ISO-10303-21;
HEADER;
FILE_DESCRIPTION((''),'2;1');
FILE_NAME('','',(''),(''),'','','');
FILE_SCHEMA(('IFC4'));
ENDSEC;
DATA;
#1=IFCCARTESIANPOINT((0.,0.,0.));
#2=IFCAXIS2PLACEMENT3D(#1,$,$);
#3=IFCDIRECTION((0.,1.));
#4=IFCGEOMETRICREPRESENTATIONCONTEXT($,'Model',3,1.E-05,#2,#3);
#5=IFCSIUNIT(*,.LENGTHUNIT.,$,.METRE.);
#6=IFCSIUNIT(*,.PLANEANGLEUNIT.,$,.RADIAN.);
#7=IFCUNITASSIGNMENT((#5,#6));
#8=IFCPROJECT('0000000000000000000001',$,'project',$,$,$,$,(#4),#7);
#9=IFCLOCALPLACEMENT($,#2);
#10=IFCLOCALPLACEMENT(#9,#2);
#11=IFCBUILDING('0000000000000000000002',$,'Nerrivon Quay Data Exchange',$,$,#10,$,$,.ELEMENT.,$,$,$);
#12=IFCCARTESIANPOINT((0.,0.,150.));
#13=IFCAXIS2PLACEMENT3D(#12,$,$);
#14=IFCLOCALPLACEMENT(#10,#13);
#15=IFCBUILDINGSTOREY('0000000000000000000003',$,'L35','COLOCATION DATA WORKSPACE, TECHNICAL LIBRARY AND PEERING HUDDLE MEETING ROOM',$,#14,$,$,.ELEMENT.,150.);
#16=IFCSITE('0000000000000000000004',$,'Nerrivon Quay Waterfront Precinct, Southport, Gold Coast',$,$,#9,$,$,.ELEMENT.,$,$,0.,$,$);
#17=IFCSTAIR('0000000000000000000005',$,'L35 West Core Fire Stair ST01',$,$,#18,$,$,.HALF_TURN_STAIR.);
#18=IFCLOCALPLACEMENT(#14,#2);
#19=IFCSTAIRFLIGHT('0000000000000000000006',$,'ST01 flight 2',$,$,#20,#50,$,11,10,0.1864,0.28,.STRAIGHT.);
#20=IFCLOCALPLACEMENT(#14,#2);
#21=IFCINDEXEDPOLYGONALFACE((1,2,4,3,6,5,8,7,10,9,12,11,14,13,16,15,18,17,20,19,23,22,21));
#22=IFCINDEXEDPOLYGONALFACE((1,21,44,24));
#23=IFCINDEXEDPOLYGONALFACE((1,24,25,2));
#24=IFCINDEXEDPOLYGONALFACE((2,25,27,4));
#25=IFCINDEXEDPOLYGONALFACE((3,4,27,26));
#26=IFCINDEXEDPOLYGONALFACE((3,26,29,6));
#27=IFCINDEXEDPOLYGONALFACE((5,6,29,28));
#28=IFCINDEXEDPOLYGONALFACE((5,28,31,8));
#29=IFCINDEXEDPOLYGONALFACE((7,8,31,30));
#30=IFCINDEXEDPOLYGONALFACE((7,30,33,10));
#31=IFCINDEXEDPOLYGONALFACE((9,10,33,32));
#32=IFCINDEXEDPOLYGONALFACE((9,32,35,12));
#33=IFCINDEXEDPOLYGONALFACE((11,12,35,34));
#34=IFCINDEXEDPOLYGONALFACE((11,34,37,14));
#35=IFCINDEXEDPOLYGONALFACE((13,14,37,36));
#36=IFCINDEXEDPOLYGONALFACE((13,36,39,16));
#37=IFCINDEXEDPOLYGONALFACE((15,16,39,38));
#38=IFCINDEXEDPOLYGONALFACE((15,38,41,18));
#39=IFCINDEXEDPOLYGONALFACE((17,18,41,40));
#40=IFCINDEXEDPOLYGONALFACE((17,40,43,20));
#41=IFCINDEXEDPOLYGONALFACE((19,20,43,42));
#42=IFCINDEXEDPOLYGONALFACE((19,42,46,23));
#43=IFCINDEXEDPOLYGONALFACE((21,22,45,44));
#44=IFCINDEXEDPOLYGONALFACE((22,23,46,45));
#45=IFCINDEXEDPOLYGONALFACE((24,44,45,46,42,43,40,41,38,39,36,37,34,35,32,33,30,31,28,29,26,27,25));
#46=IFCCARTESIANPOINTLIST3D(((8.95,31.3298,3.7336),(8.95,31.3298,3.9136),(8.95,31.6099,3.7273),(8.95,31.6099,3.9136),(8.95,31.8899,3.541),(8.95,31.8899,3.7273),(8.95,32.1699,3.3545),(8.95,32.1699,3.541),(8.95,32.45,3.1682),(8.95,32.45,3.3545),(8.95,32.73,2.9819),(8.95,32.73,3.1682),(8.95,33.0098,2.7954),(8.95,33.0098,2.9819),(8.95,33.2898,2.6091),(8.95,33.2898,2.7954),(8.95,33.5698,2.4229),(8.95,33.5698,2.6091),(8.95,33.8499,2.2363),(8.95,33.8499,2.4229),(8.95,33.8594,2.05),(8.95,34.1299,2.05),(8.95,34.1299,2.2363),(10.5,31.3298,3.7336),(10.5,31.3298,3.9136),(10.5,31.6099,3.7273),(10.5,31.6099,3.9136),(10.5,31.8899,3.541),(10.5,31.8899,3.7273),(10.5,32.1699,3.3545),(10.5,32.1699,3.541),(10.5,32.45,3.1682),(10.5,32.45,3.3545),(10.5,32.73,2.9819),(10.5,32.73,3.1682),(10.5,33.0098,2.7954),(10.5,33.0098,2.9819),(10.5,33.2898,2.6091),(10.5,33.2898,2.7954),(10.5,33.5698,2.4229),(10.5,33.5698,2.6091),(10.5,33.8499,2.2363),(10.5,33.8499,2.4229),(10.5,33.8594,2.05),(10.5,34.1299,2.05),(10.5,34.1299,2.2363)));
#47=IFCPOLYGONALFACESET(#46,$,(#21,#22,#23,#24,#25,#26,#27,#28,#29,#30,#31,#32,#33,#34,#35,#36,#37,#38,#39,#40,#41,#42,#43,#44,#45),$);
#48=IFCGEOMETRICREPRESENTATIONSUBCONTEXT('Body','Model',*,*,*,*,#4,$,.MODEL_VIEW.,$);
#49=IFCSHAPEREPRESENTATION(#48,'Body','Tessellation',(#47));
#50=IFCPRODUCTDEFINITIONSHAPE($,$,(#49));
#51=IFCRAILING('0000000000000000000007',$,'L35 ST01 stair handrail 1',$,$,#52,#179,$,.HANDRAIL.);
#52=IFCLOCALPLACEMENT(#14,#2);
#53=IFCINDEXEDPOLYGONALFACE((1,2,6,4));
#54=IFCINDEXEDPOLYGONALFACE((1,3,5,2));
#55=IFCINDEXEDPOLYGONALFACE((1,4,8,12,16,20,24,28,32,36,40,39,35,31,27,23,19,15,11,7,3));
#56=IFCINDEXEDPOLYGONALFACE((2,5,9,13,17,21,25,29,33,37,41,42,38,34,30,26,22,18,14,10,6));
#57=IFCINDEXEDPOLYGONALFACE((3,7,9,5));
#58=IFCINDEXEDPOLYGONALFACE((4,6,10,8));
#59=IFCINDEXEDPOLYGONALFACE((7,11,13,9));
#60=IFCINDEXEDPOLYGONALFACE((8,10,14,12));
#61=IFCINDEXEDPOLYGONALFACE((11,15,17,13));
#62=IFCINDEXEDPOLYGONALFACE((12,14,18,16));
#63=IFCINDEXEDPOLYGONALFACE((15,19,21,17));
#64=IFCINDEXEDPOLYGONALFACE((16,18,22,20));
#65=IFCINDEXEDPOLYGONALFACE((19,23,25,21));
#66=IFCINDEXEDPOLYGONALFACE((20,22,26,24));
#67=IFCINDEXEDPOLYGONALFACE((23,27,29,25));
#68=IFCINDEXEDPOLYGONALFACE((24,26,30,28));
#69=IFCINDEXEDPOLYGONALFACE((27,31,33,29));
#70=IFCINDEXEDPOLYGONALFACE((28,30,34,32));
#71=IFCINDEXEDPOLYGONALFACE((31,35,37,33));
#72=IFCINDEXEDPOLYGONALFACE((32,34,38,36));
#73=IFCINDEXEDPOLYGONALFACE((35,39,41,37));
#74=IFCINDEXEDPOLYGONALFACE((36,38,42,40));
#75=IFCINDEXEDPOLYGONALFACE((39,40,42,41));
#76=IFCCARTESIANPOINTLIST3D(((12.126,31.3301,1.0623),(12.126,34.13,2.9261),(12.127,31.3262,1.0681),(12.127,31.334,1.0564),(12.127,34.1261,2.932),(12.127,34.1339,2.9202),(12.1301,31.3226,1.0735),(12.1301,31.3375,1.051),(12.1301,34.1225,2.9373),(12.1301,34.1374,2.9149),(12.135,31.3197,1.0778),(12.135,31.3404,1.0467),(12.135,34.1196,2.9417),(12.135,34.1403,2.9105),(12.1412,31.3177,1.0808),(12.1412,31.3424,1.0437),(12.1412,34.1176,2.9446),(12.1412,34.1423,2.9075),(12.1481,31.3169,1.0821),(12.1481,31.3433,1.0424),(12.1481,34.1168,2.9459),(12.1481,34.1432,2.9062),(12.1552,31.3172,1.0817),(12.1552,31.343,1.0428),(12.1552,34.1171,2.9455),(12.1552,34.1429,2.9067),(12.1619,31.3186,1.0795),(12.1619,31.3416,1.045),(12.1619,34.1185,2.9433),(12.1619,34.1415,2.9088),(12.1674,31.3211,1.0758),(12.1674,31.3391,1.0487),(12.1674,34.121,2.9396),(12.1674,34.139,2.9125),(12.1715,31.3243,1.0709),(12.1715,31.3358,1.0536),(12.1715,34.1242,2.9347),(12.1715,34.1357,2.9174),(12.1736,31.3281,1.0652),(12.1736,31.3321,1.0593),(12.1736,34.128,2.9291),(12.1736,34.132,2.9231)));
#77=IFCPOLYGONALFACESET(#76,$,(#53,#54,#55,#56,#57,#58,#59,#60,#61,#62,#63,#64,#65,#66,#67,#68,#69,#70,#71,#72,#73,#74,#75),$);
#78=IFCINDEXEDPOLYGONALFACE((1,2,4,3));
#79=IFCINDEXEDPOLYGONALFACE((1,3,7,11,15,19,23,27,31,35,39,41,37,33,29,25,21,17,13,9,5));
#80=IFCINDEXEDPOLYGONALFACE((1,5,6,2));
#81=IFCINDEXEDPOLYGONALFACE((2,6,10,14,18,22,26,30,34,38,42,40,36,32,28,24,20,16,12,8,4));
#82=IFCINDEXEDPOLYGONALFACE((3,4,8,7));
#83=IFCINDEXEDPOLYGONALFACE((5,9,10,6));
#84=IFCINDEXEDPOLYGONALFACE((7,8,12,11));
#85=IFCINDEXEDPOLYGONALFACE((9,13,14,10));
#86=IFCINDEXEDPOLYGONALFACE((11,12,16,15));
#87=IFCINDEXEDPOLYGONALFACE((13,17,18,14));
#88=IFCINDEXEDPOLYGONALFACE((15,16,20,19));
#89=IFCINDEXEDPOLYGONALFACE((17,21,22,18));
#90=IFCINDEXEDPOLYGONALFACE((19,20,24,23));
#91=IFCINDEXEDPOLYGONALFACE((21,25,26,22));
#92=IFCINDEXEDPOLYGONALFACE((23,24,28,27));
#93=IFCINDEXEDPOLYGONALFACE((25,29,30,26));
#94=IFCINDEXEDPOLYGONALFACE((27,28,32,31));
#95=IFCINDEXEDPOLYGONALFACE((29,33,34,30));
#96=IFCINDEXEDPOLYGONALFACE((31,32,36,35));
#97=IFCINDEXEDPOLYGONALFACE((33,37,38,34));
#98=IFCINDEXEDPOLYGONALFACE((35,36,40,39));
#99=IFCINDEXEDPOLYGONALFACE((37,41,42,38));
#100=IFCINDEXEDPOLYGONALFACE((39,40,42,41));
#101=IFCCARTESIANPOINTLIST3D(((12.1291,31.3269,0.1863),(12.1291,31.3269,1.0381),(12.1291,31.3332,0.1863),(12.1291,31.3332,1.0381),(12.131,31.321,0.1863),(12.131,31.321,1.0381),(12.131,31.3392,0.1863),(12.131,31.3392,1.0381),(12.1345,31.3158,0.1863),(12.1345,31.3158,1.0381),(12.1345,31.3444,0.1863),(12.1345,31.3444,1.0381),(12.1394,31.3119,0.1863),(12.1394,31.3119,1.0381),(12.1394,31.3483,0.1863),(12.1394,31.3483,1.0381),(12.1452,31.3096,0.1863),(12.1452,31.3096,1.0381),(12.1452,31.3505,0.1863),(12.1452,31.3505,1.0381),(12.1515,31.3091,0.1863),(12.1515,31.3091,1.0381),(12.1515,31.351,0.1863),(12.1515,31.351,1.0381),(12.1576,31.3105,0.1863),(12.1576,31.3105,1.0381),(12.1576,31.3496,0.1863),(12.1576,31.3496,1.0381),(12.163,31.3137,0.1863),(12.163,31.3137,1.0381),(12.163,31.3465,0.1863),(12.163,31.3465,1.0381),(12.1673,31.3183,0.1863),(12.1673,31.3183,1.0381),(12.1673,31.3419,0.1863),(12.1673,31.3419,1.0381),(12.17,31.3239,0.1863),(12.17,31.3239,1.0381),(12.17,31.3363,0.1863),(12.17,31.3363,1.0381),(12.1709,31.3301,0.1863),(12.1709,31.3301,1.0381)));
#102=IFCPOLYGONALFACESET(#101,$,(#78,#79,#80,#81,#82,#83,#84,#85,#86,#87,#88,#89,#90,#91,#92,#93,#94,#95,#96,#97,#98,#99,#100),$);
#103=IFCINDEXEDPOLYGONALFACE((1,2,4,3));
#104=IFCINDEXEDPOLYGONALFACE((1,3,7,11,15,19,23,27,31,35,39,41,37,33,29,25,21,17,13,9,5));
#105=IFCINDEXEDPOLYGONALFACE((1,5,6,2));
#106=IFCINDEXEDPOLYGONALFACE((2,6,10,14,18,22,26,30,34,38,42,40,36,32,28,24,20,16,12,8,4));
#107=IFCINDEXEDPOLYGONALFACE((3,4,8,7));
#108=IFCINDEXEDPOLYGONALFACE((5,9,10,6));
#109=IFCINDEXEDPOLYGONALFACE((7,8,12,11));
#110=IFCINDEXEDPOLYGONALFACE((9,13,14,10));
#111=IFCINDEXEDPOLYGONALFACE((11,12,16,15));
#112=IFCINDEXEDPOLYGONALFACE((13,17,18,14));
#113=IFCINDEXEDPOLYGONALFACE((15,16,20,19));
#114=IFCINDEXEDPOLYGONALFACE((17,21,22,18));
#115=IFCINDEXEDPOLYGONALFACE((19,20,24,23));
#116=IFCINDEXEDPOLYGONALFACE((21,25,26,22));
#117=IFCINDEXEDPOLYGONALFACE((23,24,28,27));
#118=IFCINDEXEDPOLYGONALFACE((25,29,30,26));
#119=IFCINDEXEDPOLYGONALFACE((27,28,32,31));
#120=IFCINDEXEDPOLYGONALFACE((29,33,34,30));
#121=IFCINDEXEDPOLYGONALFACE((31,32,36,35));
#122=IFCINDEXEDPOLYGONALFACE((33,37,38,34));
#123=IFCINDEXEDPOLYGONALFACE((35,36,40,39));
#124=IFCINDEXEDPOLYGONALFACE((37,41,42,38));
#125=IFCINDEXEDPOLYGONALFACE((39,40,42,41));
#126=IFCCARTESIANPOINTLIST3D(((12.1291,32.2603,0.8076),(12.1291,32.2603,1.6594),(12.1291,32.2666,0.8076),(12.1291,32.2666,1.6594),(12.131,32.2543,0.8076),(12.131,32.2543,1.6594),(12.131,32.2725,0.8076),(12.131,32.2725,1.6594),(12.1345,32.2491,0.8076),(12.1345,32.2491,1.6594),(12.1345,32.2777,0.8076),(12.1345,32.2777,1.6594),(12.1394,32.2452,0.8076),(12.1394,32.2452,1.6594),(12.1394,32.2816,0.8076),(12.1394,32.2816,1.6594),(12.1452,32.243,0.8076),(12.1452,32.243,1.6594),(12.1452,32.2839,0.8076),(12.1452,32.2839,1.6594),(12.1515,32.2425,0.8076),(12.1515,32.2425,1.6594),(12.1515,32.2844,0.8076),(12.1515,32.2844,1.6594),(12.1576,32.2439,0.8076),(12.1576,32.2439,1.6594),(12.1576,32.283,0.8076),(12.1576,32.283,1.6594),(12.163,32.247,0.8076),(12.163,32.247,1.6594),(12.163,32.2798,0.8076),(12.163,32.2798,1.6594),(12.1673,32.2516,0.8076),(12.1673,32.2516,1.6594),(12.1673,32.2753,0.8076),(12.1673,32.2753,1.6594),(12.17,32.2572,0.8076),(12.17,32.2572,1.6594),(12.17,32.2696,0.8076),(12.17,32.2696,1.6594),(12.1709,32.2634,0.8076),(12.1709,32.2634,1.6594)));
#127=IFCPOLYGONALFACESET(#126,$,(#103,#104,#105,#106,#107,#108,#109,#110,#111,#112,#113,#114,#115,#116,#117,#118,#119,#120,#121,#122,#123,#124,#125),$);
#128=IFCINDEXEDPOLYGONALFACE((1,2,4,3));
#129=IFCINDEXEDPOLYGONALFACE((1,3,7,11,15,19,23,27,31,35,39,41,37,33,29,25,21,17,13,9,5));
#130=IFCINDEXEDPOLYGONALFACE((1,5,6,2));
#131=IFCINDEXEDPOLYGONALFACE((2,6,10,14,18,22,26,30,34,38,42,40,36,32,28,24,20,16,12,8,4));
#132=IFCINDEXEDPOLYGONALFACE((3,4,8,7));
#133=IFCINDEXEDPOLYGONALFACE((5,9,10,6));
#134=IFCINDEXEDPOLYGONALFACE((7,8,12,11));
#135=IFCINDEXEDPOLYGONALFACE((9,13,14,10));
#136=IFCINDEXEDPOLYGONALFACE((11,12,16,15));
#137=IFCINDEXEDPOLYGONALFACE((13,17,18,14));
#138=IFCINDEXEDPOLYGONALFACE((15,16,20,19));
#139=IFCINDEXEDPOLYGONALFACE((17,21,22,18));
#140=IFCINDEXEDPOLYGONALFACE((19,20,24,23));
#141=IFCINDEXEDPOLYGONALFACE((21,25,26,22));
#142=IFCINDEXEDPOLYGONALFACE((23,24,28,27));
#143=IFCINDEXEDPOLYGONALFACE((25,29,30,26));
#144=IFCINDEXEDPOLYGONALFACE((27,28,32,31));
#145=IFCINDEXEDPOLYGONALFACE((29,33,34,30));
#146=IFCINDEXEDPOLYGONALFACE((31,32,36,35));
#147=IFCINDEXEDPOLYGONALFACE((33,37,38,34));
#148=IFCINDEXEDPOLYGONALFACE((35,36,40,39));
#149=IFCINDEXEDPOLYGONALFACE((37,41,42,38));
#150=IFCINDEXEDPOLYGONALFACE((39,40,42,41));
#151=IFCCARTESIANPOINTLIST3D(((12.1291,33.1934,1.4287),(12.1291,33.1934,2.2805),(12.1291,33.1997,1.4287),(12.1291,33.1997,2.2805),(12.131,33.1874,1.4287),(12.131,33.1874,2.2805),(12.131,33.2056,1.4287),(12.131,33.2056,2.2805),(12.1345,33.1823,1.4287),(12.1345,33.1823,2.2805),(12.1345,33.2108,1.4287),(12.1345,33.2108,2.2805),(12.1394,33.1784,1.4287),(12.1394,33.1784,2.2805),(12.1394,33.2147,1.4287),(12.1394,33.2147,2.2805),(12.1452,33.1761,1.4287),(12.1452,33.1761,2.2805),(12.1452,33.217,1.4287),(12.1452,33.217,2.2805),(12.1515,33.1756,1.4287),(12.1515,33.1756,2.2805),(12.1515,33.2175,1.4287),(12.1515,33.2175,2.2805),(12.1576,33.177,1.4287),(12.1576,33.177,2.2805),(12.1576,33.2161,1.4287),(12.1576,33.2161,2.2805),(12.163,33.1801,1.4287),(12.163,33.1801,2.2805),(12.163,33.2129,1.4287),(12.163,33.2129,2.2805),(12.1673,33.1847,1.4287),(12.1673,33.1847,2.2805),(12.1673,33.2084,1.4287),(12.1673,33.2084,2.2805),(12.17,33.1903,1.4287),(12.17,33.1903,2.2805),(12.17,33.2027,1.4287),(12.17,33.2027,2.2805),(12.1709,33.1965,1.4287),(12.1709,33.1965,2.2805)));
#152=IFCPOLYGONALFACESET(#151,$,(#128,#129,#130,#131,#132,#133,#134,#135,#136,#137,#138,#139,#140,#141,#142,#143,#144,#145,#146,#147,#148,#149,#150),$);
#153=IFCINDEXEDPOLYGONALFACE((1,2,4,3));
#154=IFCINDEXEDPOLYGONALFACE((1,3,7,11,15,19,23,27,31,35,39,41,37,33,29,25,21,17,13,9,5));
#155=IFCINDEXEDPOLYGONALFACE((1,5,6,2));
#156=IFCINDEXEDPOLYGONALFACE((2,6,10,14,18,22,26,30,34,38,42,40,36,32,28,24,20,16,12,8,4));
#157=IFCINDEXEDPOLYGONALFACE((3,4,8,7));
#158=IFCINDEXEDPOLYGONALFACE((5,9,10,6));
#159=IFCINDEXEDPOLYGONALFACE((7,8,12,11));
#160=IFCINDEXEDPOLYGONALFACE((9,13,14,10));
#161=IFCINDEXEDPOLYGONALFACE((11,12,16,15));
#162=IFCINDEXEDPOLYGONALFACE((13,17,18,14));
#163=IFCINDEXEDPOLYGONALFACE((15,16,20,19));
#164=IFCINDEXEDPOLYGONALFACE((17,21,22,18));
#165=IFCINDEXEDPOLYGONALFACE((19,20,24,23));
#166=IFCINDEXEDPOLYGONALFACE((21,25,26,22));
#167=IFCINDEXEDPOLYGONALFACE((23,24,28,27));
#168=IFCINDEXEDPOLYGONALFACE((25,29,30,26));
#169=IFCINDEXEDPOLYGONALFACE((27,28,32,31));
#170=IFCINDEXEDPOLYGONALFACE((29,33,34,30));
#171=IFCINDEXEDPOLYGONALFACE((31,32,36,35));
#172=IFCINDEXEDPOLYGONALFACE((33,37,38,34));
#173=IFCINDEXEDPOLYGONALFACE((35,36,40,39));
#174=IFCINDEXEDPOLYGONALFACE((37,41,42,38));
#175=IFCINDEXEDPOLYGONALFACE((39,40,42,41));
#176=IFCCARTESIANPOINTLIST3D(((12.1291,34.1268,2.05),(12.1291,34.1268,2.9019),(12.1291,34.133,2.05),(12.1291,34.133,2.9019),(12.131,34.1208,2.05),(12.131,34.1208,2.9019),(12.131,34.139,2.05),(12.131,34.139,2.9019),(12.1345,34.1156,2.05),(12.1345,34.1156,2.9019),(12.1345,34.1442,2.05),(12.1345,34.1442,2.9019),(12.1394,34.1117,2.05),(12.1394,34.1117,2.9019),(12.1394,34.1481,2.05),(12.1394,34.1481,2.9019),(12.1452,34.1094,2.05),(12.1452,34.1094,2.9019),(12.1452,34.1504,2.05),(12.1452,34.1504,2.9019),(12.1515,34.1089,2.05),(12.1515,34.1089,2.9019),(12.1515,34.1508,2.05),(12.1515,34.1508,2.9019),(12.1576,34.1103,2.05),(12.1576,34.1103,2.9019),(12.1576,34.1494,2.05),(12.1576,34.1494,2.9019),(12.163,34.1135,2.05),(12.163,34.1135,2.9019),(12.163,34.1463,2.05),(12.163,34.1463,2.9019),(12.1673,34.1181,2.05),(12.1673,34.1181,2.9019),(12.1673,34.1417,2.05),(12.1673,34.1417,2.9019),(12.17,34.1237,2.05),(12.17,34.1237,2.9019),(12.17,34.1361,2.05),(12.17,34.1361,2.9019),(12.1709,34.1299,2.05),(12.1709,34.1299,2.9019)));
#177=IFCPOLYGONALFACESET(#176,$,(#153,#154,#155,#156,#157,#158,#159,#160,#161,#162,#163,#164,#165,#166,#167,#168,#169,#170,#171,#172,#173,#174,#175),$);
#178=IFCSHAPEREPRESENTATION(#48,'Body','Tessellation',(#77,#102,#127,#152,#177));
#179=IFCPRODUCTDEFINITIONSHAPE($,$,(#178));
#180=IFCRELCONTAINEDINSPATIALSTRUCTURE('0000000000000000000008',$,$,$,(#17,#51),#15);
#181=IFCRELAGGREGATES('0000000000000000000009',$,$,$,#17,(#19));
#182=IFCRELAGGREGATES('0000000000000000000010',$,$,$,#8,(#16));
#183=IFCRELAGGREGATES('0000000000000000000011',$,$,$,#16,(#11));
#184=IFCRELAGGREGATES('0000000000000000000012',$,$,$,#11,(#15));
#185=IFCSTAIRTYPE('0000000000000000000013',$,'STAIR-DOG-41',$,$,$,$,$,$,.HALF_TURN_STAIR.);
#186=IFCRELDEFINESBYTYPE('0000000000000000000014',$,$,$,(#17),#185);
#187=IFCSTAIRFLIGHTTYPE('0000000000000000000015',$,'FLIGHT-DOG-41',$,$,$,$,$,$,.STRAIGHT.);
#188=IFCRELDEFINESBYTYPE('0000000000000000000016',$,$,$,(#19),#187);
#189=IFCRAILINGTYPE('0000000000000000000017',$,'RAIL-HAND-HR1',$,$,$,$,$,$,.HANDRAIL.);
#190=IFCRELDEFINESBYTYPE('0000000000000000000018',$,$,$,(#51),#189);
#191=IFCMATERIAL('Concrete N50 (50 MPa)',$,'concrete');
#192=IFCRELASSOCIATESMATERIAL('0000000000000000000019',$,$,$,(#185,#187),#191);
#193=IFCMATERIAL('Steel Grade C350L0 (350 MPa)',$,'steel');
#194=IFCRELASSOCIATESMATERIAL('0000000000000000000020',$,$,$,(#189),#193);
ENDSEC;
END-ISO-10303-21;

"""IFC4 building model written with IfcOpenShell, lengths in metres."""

from ifc_helpers import new_model, si_unit, direction, frame, origin, origin_2d, place, context, subcontext, project, spatial, polyline, circle, outline, extrude, material, type_object, element, aggregate, save


model = new_model("IFC4")

# Units and contexts
model_context = context("Model", 3, precision=1e-05, world=origin(), true_north=direction((0.0, 1.0)))
body_context = subcontext(model_context, "Body", "Model", "MODEL_VIEW")
ifc_project = project(units=[si_unit("LENGTHUNIT", "METRE"), si_unit("PLANEANGLEUNIT", "RADIAN")], contexts=[model_context])

# Site, building, storey
site_placement = place(None, origin())
site = spatial("IfcSite", under=ifc_project, at=site_placement, Name="Nerrivon Quay Waterfront Precinct, Southport, Gold Coast", CompositionType="ELEMENT", RefElevation=0.0)
building_placement = place(site_placement, origin())
building = spatial("IfcBuilding", under=site, at=building_placement, Name="Nerrivon Quay Data Exchange", CompositionType="ELEMENT")
storey_placement = place(building_placement, frame((0.0, 0.0, 150.0)))
storey = spatial("IfcBuildingStorey", under=building, at=storey_placement, Name="L35", Description="COLOCATION DATA WORKSPACE, TECHNICAL LIBRARY AND PEERING HUDDLE MEETING ROOM", CompositionType="ELEMENT", Elevation=150.0)

# Shared definitions
ifc_material_1 = material(Name="Concrete N50 (50 MPa)", Category="concrete")

# Stair, stair flight
stair_type = type_object("IfcStairType", Name="STAIR-DOG-41", PredefinedType="HALF_TURN_STAIR", material=ifc_material_1)
stair_placement = place(storey_placement, origin())
stair = element("IfcStair", 1, at=stair_placement, inside=storey, type_object=stair_type, Name="L35 West Core Fire Stair ST01", PredefinedType="HALF_TURN_STAIR")
stair_flight_type = type_object("IfcStairFlightType", Name="FLIGHT-DOG-41", PredefinedType="STRAIGHT", material=ifc_material_1)
stair_flight_1_placement = place(storey_placement, frame((9.7251, 34.1299, 2.05), z_axis=(0.0, 0.0, 1.0), x_axis=(0.0, -1.0, 0.0)))
stair_flight_1 = element("IfcStairFlight", 2, at=stair_flight_1_placement, type_object=stair_flight_type, Name="ST01 flight 2", NumberOfRisers=11, NumberOfTreads=10, PredefinedType="STRAIGHT", RiserHeight=0.1864, TreadLength=0.28, context=body_context, shape_type="SweptSolid", body=[
    extrude(outline(polyline([(0.0, 0.0), (0.0, 0.1863), (0.28, 0.1863), (0.28, 0.3728), (0.5601, 0.3728), (0.5601, 0.5591), (0.8401, 0.5591), (0.8401, 0.7454), (1.1201, 0.7454), (1.1201, 0.9319), (1.3999, 0.9319), (1.3999, 1.1182), (1.6799, 1.1182), (1.6799, 1.3044), (1.96, 1.3044), (1.96, 1.491), (2.24, 1.491), (2.24, 1.6772), (2.52, 1.6772), (2.52, 1.8635), (2.8, 1.8635), (2.8, 2.05), (2.8, 1.6836), (0.2705, 0.0), (0.0, 0.0)])), frame((0.0, 0.7749, 0.0), z_axis=(0.0, -1.0, 0.0), x_axis=(1.0, 0.0, 0.0)), (0.0, 0.0, 1.0), 1.55),
])
aggregate(stair, [stair_flight_1])

# Railing
ifc_material_2 = material(Name="Steel Grade C350L0 (350 MPa)", Category="steel")
railing_type_1 = type_object("IfcRailingType", Name="RAIL-HAND-HR1", PredefinedType="HANDRAIL", material=ifc_material_2)
railing_1_placement = place(storey_placement, frame((12.1499, 31.3301, 0.1863)))
element("IfcRailing", 3, at=railing_1_placement, inside=storey, type_object=railing_type_1, Name="L35 ST01 stair handrail 1", PredefinedType="HANDRAIL", context=body_context, shape_type="SweptSolid", body=[
    extrude(circle(Radius=0.0239, at=origin_2d()), frame((0.0, 0.0, 0.876), z_axis=(0.0, 0.83243, 0.554131), x_axis=(-1.0, 0.0, 0.0)), (0.0, 0.0, 1.0), 3.3635),
    extrude(circle(Radius=0.021, at=origin_2d()), origin(), (0.0, 0.0, 1.0), 0.8518),
    extrude(circle(Radius=0.021, at=origin_2d()), frame((0.0, 0.9333, 0.6213)), (0.0, 0.0, 1.0), 0.8518),
    extrude(circle(Radius=0.021, at=origin_2d()), frame((0.0, 1.8665, 1.2424)), (0.0, 0.0, 1.0), 0.8518),
    extrude(circle(Radius=0.021, at=origin_2d()), frame((0.0, 2.7998, 1.8638)), (0.0, 0.0, 1.0), 0.8518),
])

save(model, "model.ifc")
